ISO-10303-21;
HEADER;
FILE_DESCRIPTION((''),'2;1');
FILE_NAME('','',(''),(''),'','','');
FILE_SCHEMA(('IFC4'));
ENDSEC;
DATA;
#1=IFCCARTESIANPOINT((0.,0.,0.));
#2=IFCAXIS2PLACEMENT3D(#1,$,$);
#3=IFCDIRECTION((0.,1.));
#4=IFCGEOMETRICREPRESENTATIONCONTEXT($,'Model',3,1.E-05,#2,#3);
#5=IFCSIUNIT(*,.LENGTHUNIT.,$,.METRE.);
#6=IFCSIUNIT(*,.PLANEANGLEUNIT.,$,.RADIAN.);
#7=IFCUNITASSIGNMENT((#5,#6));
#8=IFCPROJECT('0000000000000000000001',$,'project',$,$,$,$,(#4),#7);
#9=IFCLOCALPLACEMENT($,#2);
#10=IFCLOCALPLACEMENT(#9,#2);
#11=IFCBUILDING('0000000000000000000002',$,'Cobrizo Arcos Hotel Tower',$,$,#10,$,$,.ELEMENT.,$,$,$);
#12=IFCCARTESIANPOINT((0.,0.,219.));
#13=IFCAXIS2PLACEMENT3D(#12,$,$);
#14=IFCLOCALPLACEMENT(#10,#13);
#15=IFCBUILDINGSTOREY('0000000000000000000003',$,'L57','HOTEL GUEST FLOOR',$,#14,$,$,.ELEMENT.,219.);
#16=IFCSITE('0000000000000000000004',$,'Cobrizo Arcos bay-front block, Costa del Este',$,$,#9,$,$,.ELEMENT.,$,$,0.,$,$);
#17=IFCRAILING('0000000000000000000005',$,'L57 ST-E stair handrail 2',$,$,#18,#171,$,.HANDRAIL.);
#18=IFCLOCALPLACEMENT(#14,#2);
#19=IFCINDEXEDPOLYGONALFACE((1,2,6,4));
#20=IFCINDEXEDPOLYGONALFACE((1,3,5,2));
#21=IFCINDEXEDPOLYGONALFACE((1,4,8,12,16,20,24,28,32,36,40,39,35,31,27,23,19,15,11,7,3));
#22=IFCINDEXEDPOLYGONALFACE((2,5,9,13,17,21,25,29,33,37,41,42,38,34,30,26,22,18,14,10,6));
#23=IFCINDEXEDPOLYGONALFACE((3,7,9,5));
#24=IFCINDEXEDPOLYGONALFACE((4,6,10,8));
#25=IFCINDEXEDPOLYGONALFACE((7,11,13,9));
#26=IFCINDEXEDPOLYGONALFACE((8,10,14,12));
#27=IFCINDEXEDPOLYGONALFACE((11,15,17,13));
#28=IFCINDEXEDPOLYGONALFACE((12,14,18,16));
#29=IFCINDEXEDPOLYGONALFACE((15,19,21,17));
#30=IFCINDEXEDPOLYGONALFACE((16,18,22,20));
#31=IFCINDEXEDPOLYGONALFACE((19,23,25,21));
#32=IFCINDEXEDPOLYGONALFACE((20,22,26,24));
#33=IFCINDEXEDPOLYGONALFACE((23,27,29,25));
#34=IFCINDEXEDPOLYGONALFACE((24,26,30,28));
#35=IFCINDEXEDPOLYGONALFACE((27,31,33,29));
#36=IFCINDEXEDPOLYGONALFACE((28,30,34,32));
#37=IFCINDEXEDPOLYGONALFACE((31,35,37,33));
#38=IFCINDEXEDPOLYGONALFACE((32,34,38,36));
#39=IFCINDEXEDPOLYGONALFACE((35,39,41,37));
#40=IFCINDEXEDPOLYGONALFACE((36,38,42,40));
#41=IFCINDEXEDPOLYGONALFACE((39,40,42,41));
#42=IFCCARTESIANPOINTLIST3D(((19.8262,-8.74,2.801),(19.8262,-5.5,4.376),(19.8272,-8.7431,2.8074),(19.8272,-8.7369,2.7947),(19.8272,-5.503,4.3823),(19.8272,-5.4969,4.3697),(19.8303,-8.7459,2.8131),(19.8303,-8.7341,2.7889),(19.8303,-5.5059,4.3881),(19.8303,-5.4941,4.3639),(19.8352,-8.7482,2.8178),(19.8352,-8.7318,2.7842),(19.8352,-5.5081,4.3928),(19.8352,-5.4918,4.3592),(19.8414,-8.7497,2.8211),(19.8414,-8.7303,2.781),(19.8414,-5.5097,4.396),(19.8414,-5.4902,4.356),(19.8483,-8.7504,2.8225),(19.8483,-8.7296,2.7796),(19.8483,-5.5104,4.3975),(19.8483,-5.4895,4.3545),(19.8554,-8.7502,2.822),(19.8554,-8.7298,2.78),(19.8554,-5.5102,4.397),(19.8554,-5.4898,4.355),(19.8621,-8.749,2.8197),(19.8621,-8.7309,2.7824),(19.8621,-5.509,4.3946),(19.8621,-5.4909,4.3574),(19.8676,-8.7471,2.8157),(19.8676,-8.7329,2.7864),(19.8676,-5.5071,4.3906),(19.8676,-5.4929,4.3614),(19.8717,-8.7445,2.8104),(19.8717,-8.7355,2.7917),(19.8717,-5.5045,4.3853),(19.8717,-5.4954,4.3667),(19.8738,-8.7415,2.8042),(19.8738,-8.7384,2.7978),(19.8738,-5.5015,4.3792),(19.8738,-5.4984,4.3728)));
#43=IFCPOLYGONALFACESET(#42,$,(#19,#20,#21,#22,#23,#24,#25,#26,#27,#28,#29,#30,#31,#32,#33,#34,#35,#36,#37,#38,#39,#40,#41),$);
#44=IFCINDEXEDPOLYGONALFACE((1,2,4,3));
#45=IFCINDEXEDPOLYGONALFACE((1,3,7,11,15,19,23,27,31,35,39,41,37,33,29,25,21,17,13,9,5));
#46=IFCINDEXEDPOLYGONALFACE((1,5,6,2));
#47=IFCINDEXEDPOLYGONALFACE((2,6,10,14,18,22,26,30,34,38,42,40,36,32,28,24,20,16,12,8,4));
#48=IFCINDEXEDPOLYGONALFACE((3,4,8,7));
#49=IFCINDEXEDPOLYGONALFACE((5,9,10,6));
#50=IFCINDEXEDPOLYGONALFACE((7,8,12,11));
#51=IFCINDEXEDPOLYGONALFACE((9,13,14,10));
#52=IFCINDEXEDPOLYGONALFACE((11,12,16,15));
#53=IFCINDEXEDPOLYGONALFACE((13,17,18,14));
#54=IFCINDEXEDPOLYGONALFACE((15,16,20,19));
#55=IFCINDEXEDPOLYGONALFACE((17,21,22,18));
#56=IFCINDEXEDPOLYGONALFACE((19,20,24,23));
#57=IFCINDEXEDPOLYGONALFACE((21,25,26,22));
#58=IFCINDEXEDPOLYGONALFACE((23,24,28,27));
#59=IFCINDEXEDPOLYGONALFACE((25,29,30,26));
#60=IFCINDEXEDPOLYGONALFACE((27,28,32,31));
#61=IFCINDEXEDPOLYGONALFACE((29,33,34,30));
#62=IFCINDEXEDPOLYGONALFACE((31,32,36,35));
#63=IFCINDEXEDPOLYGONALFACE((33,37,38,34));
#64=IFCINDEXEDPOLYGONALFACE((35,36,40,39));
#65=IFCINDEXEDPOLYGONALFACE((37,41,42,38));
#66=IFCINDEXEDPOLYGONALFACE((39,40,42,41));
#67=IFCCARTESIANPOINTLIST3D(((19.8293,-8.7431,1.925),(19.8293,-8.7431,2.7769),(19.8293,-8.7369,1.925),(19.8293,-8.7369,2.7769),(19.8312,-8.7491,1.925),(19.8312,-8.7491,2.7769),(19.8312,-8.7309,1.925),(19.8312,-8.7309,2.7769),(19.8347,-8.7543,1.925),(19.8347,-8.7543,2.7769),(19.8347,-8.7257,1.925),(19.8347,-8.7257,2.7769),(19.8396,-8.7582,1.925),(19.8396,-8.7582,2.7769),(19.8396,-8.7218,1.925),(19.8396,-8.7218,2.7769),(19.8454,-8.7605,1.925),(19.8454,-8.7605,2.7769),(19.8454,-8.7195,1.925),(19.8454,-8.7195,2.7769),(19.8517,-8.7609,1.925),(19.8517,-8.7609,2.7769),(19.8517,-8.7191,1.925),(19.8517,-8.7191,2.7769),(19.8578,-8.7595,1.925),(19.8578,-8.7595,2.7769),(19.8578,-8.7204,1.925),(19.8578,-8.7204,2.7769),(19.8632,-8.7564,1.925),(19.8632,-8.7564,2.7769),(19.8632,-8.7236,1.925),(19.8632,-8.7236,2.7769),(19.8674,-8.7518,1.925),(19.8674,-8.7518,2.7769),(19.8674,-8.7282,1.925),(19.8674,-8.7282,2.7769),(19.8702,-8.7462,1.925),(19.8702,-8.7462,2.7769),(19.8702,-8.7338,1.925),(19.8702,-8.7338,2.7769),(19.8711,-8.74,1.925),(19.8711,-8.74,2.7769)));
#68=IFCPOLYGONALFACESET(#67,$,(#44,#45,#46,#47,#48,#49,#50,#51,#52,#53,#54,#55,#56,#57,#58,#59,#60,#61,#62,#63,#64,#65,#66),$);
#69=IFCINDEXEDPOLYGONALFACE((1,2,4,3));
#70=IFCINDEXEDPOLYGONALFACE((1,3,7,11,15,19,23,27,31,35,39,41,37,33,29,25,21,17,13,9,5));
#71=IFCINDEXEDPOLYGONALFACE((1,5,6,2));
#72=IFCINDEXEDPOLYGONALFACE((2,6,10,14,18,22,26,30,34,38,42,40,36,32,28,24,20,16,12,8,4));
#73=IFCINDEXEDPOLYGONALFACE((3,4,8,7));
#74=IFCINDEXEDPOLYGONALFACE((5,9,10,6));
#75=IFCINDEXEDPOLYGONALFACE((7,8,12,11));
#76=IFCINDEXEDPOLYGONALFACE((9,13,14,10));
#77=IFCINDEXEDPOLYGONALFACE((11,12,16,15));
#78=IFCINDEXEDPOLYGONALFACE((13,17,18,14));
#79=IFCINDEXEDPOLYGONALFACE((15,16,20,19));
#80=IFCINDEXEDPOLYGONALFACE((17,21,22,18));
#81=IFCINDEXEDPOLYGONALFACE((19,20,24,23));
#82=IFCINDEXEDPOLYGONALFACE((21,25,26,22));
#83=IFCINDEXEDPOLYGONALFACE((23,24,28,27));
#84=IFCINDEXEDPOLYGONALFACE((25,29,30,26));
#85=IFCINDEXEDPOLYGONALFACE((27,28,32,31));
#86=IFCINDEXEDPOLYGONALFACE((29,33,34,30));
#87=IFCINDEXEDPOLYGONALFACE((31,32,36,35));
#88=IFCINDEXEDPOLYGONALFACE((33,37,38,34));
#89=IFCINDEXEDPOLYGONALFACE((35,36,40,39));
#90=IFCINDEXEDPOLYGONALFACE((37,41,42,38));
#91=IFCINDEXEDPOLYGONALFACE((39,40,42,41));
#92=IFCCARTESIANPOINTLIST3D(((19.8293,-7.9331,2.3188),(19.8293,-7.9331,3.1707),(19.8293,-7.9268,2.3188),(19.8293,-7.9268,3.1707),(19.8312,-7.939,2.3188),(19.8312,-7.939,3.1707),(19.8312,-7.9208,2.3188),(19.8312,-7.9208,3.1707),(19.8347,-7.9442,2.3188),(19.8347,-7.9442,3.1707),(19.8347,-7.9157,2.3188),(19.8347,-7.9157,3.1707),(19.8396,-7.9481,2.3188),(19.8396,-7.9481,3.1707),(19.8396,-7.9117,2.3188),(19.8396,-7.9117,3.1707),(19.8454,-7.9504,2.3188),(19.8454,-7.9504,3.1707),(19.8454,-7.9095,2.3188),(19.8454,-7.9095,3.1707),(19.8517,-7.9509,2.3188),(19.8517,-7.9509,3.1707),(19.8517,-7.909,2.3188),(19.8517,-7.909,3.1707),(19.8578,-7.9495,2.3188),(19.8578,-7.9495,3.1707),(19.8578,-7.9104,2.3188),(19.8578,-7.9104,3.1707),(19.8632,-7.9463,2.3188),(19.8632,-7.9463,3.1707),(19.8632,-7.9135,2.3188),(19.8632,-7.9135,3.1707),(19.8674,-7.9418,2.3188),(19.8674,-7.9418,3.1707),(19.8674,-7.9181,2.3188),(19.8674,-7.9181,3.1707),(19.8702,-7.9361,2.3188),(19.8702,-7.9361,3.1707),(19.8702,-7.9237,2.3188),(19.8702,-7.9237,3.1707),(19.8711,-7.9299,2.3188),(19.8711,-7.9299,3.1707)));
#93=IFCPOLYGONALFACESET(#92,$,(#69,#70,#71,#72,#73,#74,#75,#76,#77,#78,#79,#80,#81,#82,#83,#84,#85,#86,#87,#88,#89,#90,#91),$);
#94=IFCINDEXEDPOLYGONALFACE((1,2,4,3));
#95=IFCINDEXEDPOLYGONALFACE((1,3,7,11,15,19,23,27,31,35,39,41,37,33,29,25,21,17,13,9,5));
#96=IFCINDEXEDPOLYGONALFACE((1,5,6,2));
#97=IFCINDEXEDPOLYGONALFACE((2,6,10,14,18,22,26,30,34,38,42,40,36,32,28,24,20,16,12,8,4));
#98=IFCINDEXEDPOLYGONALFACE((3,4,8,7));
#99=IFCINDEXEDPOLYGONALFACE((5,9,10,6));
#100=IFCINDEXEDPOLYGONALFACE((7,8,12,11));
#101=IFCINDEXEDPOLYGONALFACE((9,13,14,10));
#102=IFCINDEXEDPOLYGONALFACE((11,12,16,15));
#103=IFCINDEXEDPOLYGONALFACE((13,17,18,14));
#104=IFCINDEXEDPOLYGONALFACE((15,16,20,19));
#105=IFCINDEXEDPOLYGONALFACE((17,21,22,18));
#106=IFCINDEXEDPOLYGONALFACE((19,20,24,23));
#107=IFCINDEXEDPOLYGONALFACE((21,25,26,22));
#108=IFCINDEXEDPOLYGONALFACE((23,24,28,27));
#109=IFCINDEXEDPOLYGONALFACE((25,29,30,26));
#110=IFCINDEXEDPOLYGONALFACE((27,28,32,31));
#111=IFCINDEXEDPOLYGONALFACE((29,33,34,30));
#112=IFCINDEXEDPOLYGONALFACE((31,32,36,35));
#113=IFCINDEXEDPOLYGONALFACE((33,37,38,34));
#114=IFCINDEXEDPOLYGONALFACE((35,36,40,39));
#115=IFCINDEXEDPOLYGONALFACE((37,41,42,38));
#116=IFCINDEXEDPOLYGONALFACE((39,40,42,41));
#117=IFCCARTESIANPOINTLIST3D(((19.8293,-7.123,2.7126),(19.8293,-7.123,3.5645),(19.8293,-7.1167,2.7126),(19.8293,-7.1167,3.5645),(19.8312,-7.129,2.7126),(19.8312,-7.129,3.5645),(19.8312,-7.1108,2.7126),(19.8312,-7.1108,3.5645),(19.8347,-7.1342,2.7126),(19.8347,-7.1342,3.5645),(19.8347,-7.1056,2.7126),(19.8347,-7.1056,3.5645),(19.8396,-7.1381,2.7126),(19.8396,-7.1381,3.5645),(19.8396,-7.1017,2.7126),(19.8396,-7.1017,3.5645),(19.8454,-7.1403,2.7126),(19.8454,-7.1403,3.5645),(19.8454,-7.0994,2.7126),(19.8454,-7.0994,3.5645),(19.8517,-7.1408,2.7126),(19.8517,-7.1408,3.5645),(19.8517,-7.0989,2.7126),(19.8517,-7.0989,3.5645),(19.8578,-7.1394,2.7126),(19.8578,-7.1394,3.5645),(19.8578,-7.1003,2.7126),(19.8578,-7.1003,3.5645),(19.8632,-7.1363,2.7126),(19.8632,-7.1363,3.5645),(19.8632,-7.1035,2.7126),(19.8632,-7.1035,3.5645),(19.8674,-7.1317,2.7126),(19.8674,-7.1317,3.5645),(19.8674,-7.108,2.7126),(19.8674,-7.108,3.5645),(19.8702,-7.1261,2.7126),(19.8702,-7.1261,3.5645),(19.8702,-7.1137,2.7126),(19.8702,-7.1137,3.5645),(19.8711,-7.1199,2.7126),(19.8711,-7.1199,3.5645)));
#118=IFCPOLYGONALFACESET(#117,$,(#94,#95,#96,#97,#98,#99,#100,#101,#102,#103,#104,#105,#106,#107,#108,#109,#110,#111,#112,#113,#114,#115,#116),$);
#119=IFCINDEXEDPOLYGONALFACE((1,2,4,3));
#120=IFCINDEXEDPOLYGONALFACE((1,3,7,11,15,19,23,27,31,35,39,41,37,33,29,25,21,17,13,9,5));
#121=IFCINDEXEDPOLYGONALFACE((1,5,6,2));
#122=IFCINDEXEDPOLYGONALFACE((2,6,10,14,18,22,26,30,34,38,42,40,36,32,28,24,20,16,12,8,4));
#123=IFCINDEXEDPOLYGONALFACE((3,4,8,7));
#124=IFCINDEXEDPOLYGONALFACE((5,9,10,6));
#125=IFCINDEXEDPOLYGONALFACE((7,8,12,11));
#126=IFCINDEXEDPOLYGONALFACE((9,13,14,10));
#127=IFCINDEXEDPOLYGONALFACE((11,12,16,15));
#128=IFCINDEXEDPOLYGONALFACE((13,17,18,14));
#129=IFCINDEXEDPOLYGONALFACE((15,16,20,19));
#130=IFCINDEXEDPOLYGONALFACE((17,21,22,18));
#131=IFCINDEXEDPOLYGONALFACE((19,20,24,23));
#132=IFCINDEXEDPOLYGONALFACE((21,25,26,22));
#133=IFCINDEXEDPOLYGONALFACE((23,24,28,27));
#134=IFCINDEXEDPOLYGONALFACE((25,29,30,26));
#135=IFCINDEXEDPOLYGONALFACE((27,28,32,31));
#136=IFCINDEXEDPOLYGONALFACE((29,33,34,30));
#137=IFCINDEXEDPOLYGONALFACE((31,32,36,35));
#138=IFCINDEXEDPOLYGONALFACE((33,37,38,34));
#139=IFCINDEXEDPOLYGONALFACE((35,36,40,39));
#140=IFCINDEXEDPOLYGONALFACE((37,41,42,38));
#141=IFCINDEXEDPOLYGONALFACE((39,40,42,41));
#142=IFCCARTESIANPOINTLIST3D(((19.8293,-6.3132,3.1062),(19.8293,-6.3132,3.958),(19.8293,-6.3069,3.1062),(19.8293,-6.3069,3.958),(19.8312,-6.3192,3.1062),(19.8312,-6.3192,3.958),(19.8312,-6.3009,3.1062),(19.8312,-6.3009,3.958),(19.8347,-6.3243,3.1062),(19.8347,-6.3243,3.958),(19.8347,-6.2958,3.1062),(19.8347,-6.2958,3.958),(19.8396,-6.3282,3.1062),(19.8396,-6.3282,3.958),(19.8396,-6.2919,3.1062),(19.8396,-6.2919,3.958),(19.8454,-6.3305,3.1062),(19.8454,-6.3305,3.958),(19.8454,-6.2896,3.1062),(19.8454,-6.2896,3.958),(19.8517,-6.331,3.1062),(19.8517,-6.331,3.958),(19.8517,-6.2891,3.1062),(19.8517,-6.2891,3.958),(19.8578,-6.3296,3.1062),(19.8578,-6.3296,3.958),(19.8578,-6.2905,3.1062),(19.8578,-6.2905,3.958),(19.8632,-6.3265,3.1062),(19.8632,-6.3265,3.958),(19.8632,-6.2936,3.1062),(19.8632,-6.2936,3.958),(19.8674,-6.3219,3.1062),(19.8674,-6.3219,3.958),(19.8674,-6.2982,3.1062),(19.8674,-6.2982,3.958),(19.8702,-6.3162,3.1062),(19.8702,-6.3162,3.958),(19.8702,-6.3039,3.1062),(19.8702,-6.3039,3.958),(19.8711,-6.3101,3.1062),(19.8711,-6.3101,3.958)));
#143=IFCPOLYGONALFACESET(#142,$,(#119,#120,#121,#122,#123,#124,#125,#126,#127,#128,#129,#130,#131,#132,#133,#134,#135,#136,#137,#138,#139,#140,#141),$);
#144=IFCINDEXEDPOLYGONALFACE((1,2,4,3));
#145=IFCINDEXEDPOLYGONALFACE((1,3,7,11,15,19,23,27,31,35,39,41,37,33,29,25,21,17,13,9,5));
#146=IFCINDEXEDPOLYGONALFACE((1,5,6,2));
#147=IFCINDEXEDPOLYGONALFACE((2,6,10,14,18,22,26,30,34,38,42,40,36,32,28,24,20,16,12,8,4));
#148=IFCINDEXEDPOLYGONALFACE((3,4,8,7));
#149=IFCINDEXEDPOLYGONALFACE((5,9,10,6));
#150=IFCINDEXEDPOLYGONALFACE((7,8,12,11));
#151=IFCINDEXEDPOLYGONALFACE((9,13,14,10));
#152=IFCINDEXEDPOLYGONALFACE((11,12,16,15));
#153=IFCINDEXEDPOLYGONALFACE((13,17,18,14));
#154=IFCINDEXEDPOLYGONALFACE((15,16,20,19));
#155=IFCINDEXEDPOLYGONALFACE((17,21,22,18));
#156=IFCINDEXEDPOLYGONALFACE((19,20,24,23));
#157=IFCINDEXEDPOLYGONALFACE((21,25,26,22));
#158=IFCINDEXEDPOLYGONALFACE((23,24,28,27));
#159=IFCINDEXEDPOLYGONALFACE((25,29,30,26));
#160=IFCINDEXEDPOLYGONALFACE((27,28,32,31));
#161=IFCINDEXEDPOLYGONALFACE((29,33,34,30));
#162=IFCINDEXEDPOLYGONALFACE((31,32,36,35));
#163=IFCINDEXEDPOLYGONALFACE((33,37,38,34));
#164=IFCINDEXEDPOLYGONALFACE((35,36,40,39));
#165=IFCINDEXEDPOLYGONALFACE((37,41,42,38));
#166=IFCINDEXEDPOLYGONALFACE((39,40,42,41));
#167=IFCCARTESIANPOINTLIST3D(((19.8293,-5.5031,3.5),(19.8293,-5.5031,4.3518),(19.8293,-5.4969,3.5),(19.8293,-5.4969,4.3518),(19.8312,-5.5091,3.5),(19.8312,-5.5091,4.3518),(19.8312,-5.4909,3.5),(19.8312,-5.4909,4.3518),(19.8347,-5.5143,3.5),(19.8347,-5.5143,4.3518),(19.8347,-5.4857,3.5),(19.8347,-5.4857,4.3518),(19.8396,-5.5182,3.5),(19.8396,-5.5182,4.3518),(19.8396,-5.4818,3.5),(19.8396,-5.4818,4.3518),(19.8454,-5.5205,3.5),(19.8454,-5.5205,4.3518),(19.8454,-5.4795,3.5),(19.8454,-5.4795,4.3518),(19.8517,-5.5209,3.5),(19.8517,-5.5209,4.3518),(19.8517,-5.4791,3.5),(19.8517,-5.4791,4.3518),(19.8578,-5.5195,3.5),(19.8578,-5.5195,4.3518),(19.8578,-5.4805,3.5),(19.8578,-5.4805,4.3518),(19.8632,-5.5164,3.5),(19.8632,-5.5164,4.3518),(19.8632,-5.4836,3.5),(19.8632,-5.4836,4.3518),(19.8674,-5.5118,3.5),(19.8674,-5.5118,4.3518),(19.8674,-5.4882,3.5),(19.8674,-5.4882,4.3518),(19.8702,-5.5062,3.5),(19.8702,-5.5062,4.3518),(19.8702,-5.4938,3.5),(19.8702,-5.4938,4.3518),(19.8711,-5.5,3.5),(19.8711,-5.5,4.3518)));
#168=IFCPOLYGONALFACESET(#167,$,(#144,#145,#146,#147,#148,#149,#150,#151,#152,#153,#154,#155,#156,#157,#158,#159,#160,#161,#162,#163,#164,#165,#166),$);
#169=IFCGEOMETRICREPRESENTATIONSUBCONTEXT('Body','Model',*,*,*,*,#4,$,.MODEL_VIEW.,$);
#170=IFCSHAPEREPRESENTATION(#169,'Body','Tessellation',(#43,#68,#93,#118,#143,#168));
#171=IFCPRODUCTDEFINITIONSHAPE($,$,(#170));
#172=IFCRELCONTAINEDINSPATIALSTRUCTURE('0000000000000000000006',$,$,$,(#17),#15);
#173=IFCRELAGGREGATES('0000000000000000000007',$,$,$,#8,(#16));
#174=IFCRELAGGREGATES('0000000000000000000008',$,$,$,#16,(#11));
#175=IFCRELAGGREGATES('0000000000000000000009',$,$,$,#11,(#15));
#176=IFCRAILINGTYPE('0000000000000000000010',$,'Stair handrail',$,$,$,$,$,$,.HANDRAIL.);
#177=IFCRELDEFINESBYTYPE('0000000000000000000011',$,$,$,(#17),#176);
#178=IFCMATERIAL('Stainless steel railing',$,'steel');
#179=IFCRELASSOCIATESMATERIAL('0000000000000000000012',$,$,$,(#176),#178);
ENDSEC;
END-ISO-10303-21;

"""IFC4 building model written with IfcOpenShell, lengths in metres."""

from ifc_helpers import new_model, si_unit, direction, frame, origin, origin_2d, place, context, subcontext, project, spatial, circle, extrude, material, type_object, element, save


model = new_model("IFC4")

# Units and contexts
model_context = context("Model", 3, precision=1e-05, world=origin(), true_north=direction((0.0, 1.0)))
body_context = subcontext(model_context, "Body", "Model", "MODEL_VIEW")
ifc_project = project(units=[si_unit("LENGTHUNIT", "METRE"), si_unit("PLANEANGLEUNIT", "RADIAN")], contexts=[model_context])

# Site, building, storey
site_placement = place(None, origin())
site = spatial("IfcSite", under=ifc_project, at=site_placement, Name="Cobrizo Arcos bay-front block, Costa del Este", CompositionType="ELEMENT", RefElevation=0.0)
building_placement = place(site_placement, origin())
building = spatial("IfcBuilding", under=site, at=building_placement, Name="Cobrizo Arcos Hotel Tower", CompositionType="ELEMENT")
storey_placement = place(building_placement, frame((0.0, 0.0, 219.0)))
storey = spatial("IfcBuildingStorey", under=building, at=storey_placement, Name="L57", Description="HOTEL GUEST FLOOR", CompositionType="ELEMENT", Elevation=219.0)

# Railing
ifc_material_1 = material(Name="Stainless steel railing", Category="steel")
railing_type_1 = type_object("IfcRailingType", Name="Stair handrail", PredefinedType="HANDRAIL", material=ifc_material_1)
railing_1_placement = place(storey_placement, frame((19.8501, -8.74, 1.925)))
element("IfcRailing", 1, at=railing_1_placement, inside=storey, type_object=railing_type_1, Name="L57 ST-E stair handrail 2", PredefinedType="HANDRAIL", context=body_context, shape_type="SweptSolid", body=[
    extrude(circle(Radius=0.0239, at=origin_2d()), frame((0.0, 0.0, 0.876), z_axis=(0.0, 0.899373, 0.437183), x_axis=(-1.0, 0.0, 0.0)), (0.0, 0.0, 1.0), 3.6025),
    extrude(circle(Radius=0.021, at=origin_2d()), origin(), (0.0, 0.0, 1.0), 0.8518),
    extrude(circle(Radius=0.021, at=origin_2d()), frame((0.0, 0.8101, 0.3938)), (0.0, 0.0, 1.0), 0.8518),
    extrude(circle(Radius=0.021, at=origin_2d()), frame((0.0, 1.6201, 0.7876)), (0.0, 0.0, 1.0), 0.8518),
    extrude(circle(Radius=0.021, at=origin_2d()), frame((0.0, 2.4299, 1.1812)), (0.0, 0.0, 1.0), 0.8518),
    extrude(circle(Radius=0.021, at=origin_2d()), frame((0.0, 3.24, 1.575)), (0.0, 0.0, 1.0), 0.8518),
])

save(model, "model.ifc")
